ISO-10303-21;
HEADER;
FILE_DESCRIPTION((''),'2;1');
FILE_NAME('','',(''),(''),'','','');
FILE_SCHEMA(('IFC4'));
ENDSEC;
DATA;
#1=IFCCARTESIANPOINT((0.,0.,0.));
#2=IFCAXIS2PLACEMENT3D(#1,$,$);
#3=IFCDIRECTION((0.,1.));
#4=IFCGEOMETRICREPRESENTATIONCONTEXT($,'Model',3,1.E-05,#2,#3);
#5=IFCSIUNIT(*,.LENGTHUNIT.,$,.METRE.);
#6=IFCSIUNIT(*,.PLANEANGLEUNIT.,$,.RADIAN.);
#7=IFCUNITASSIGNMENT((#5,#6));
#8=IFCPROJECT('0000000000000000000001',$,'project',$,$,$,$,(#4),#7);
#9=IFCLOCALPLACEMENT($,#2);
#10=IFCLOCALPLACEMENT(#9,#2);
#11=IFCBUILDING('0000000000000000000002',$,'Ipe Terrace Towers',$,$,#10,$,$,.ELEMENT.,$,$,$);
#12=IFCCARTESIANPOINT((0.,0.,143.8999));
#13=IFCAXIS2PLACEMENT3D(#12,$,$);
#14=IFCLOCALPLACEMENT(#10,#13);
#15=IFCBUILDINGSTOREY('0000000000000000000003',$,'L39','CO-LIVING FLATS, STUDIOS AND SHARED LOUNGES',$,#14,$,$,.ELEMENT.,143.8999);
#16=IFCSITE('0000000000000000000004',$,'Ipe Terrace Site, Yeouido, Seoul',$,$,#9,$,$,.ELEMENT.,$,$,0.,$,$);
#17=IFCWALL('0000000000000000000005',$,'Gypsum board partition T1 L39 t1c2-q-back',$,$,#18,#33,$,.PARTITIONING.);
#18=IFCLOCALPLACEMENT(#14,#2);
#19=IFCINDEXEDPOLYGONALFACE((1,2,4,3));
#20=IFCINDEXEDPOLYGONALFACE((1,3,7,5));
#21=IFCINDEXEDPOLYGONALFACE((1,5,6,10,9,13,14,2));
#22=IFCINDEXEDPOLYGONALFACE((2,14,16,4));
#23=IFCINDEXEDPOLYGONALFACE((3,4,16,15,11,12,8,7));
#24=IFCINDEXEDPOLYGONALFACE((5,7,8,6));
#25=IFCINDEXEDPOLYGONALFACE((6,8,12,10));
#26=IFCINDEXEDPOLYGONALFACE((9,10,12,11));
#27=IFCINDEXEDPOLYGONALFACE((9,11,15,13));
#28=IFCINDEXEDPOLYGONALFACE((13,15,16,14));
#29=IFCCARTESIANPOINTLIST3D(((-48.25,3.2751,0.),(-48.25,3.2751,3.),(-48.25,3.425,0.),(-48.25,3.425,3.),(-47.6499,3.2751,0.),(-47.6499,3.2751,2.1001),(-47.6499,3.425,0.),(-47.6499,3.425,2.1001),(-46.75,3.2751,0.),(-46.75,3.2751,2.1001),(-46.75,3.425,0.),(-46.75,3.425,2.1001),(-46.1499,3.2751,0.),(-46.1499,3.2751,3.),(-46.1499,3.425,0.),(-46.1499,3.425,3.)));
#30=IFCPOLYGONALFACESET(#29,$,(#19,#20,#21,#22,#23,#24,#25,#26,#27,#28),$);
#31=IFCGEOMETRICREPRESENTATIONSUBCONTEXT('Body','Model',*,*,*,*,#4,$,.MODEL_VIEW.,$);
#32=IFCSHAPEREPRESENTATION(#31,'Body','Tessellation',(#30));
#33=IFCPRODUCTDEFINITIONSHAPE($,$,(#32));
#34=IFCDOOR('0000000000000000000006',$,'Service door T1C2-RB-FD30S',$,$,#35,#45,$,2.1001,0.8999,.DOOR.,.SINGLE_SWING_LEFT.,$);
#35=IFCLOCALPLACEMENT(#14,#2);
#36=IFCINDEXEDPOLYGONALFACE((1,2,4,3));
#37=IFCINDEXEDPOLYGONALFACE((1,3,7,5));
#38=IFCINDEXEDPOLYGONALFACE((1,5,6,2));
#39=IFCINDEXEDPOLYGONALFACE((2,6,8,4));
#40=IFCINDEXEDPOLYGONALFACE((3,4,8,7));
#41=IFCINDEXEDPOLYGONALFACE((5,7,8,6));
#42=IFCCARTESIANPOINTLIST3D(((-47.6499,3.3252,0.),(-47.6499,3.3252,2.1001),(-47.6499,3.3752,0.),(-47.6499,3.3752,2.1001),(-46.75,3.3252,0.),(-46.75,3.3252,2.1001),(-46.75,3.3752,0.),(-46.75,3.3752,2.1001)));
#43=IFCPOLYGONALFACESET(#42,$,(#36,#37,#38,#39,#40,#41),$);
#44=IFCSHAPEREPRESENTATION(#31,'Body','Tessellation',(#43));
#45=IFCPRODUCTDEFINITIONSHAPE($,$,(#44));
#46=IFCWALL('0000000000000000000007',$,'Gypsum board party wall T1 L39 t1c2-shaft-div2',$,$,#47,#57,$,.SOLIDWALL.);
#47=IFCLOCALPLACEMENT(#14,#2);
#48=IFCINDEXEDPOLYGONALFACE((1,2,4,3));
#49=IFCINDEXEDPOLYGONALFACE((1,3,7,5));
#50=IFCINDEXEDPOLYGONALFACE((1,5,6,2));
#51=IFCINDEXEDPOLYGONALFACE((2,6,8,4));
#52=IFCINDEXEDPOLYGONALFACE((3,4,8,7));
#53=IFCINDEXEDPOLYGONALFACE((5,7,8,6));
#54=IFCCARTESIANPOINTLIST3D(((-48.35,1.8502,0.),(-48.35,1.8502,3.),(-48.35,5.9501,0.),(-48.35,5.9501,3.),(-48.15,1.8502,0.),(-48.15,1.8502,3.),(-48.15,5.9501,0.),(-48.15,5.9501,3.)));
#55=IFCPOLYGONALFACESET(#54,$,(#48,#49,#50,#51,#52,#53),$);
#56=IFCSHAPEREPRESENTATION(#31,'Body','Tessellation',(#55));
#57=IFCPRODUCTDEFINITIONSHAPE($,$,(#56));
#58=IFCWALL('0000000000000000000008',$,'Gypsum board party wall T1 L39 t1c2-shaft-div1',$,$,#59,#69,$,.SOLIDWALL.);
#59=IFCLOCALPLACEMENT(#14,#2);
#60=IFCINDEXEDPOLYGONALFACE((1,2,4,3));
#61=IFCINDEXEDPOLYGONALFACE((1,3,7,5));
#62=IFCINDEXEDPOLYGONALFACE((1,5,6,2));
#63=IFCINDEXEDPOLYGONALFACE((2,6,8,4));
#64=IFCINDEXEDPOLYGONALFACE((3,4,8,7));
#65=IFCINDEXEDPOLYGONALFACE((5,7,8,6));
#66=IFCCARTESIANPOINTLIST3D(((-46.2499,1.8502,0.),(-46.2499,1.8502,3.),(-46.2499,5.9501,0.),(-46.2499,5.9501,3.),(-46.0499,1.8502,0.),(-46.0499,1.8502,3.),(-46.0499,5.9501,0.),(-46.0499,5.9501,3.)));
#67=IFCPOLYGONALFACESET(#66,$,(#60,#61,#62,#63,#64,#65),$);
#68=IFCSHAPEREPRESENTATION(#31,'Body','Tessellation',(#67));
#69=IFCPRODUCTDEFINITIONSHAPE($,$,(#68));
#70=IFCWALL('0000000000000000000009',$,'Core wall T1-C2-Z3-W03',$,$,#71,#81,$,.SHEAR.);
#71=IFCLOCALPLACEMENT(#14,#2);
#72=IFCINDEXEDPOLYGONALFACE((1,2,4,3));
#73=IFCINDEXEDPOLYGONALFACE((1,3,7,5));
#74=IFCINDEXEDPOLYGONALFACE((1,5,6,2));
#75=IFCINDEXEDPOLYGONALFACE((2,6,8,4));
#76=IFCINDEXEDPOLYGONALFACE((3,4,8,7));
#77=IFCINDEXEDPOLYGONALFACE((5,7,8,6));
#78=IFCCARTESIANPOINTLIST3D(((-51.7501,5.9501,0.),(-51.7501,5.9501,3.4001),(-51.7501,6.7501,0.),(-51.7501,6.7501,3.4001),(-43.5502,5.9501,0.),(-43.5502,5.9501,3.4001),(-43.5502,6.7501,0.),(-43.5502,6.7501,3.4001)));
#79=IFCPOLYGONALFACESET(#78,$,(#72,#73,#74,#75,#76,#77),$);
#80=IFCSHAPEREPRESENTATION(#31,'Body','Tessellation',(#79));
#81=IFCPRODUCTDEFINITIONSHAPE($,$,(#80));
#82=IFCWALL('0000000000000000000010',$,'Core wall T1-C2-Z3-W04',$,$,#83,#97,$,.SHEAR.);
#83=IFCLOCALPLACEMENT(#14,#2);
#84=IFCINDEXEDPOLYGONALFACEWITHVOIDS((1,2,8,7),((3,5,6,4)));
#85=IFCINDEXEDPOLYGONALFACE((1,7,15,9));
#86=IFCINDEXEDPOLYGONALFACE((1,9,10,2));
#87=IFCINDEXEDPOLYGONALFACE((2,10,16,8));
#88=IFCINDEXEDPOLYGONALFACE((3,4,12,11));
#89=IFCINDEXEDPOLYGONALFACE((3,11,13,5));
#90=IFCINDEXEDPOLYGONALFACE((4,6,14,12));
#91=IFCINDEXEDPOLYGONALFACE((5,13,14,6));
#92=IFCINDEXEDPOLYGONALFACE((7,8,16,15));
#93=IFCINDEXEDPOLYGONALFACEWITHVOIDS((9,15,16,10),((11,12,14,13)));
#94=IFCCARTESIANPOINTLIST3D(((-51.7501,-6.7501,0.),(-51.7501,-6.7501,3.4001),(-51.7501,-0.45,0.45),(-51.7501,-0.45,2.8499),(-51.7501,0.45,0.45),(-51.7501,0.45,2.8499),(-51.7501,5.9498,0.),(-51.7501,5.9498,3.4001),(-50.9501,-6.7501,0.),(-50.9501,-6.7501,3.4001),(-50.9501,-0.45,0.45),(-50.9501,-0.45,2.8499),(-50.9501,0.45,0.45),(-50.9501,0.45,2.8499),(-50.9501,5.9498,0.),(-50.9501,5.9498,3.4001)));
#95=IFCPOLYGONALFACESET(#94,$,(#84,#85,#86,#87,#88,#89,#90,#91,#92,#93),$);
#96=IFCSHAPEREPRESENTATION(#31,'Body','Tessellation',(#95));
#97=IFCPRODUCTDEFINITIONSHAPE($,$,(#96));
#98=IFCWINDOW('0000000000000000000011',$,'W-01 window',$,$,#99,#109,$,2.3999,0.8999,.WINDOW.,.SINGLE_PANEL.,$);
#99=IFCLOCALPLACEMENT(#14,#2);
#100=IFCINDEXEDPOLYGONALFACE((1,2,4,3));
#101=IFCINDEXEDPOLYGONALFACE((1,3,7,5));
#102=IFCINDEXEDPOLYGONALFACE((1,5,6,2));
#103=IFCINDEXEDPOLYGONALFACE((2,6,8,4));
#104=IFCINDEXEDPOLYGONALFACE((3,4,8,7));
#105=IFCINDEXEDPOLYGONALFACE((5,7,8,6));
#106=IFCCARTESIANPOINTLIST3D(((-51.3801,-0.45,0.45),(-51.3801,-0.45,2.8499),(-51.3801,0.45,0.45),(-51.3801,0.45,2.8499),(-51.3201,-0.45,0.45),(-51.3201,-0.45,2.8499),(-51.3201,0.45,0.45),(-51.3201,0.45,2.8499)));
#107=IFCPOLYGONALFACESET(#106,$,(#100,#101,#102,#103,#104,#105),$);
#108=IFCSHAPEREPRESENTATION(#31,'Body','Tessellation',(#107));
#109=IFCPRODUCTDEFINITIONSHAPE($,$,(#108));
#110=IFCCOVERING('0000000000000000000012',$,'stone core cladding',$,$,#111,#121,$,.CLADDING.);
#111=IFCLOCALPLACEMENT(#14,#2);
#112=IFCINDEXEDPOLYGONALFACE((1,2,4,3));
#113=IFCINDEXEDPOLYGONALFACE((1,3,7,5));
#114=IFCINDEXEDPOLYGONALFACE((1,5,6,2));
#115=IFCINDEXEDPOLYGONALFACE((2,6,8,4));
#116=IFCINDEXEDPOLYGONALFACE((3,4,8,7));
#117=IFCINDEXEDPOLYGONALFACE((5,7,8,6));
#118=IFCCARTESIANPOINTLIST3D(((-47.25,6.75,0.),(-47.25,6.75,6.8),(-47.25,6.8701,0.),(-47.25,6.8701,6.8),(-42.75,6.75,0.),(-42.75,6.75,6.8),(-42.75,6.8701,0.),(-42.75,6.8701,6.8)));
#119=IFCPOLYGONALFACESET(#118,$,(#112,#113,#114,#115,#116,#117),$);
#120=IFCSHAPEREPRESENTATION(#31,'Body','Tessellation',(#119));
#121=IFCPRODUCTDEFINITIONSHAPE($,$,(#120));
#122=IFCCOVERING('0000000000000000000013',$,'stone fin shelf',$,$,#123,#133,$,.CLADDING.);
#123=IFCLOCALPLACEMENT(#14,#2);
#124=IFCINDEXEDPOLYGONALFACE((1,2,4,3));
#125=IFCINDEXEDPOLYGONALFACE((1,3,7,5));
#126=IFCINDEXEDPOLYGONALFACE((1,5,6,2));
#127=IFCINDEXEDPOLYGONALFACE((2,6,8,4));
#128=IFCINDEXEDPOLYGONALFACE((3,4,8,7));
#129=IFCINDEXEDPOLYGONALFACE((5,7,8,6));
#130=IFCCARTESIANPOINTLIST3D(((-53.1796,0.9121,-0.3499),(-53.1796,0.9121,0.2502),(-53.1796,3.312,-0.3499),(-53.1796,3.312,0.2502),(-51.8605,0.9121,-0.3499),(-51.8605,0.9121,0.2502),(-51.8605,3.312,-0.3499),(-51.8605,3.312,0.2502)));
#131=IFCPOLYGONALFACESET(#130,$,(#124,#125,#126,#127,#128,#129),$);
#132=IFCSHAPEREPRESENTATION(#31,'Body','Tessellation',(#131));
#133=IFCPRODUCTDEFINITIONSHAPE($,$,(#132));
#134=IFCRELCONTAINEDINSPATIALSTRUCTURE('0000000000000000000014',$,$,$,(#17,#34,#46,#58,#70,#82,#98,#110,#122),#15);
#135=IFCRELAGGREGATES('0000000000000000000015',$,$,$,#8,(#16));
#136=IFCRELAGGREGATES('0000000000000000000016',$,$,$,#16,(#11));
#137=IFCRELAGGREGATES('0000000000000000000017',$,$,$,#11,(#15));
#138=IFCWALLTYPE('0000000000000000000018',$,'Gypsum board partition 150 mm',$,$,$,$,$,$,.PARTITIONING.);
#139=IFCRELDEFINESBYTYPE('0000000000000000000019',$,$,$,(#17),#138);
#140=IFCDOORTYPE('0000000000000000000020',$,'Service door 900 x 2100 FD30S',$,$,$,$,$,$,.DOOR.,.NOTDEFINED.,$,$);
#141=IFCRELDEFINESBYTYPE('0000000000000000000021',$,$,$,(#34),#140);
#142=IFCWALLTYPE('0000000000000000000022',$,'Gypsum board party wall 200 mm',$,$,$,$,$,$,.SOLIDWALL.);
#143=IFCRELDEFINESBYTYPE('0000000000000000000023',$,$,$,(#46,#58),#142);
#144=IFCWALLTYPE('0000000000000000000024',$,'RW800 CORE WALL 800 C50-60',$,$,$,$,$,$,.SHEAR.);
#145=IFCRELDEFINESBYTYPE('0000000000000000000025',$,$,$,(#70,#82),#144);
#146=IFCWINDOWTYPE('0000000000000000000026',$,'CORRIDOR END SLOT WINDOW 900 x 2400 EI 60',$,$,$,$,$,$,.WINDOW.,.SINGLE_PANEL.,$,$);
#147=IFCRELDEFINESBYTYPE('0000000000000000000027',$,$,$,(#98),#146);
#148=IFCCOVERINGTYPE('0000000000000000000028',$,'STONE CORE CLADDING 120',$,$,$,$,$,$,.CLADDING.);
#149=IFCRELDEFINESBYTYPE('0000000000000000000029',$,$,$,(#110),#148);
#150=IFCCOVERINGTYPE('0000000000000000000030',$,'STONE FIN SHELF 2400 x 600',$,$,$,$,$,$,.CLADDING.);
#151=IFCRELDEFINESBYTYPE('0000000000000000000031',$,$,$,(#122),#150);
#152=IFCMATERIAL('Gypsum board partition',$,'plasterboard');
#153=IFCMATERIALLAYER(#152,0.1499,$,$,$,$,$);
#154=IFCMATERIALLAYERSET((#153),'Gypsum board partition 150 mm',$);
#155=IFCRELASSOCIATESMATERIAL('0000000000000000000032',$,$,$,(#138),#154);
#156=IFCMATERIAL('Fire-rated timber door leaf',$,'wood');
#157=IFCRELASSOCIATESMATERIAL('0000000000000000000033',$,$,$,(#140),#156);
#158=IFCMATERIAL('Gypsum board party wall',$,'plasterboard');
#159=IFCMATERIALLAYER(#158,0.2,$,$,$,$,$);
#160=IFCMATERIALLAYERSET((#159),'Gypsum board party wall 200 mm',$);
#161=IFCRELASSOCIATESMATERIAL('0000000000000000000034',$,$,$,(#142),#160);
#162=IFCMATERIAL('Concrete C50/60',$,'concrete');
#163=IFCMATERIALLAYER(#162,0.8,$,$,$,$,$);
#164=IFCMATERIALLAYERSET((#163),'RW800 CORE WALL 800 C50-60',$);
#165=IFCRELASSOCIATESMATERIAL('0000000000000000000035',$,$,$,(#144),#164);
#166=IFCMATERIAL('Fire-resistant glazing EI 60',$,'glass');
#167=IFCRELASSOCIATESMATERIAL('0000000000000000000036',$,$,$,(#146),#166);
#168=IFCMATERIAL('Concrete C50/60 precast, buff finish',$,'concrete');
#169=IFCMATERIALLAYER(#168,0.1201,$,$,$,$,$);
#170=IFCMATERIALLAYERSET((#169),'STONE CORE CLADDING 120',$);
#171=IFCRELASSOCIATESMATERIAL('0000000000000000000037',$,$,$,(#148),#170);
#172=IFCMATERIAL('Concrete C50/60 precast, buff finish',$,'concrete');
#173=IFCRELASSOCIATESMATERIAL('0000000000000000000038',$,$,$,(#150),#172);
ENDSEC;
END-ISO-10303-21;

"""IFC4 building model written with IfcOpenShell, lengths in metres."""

from ifc_helpers import new_model, si_unit, direction, frame, frame_2d, origin, origin_2d, place, context, subcontext, project, spatial, rectangle, extrude, material, layer, layer_set, type_object, element, fill, save


model = new_model("IFC4")

# Units and contexts
model_context = context("Model", 3, precision=1e-05, world=origin(), true_north=direction((0.0, 1.0)))
body_context = subcontext(model_context, "Body", "Model", "MODEL_VIEW")
ifc_project = project(units=[si_unit("LENGTHUNIT", "METRE"), si_unit("PLANEANGLEUNIT", "RADIAN")], contexts=[model_context])

# Site, building, storey
site_placement = place(None, origin())
site = spatial("IfcSite", under=ifc_project, at=site_placement, Name="Ipe Terrace Site, Yeouido, Seoul", CompositionType="ELEMENT", RefElevation=0.0)
building_placement = place(site_placement, origin())
building = spatial("IfcBuilding", under=site, at=building_placement, Name="Ipe Terrace Towers", CompositionType="ELEMENT")
storey_placement = place(building_placement, frame((0.0, 0.0, 143.8999)))
storey = spatial("IfcBuildingStorey", under=building, at=storey_placement, Name="L39", Description="CO-LIVING FLATS, STUDIOS AND SHARED LOUNGES", CompositionType="ELEMENT", Elevation=143.8999)

# Wall, opening, door
ifc_material_1 = material(Name="Gypsum board partition", Category="plasterboard")
ifc_layer_1 = layer(ifc_material_1, 0.1499)
ifc_layer_set_1 = layer_set([ifc_layer_1], Name="Gypsum board partition 150 mm")
wall_type_1 = type_object("IfcWallType", Name="Gypsum board partition 150 mm", PredefinedType="PARTITIONING", material=ifc_layer_set_1)
wall_1_placement = place(storey_placement, frame((-46.1499, 3.3501, 0.0), z_axis=(0.0, 0.0, 1.0), x_axis=(-1.0, 0.0, 0.0)))
wall_1 = element("IfcWall", 1, at=wall_1_placement, inside=storey, type_object=wall_type_1, Name="Gypsum board partition T1 L39 t1c2-q-back", PredefinedType="PARTITIONING", context=body_context, shape_type="SweptSolid", body=[
    extrude(rectangle(XDim=2.1001, YDim=0.1499, at=frame_2d((1.05, 0.0))), origin(), (0.0, 0.0, 1.0), 3.0),
])
opening_1_placement = place(wall_1_placement, frame((0.6001, 0.0, 0.0)))
opening_1 = element("IfcOpeningElement", 2, at=opening_1_placement, cuts=wall_1, PredefinedType="OPENING", context=body_context, shape_type="SweptSolid", body=[
    extrude(rectangle(XDim=0.8999, YDim=2.1001, at=frame_2d((0.45, 1.05))), frame((0.0, 0.085, 0.0), z_axis=(0.0, -1.0, 0.0), x_axis=(1.0, 0.0, 0.0)), (0.0, 0.0, 1.0), 0.1699),
])
ifc_material_2 = material(Name="Fire-rated timber door leaf", Category="wood")
door_type_1 = type_object("IfcDoorType", Name="Service door 900 x 2100 FD30S", OperationType="NOTDEFINED", PredefinedType="DOOR", material=ifc_material_2)
door_1_placement = place(opening_1_placement, origin())
door_1 = element("IfcDoor", 3, at=door_1_placement, inside=storey, type_object=door_type_1, Name="Service door T1C2-RB-FD30S", OperationType="SINGLE_SWING_LEFT", OverallHeight=2.1001, OverallWidth=0.8999, PredefinedType="DOOR", context=body_context, shape_type="SweptSolid", body=[
    extrude(rectangle(XDim=0.8999, YDim=2.1001, at=frame_2d((0.45, 1.05))), frame((0.0, 0.0249, 0.0), z_axis=(0.0, -1.0, 0.0), x_axis=(1.0, 0.0, 0.0)), (0.0, 0.0, 1.0), 0.05),
])
fill(opening_1, door_1)

# Walls
ifc_material_3 = material(Name="Gypsum board party wall", Category="plasterboard")
ifc_layer_2 = layer(ifc_material_3, 0.2)
ifc_layer_set_2 = layer_set([ifc_layer_2], Name="Gypsum board party wall 200 mm")
wall_type_2 = type_object("IfcWallType", Name="Gypsum board party wall 200 mm", PredefinedType="SOLIDWALL", material=ifc_layer_set_2)
for number, where, z_axis, x_axis, name in (
    (4, (-48.25, 5.95, 0.0), (0.0, 0.0, 1.0), (0.0, -1.0, 0.0), "Gypsum board party wall T1 L39 t1c2-shaft-div2"),
    (5, (-46.1499, 5.95, 0.0), (0.0, 0.0, 1.0), (0.0, -1.0, 0.0), "Gypsum board party wall T1 L39 t1c2-shaft-div1"),
):
    element("IfcWall", number, at=place(storey_placement, frame(where, z_axis=z_axis, x_axis=x_axis)), inside=storey, type_object=wall_type_2, Name=name, PredefinedType="SOLIDWALL", context=body_context, shape_type="SweptSolid", body=[
        extrude(rectangle(XDim=4.0999, YDim=0.2, at=frame_2d((2.0498, 0.0))), origin(), (0.0, 0.0, 1.0), 3.0),
    ])
ifc_material_4 = material(Name="Concrete C50/60", Category="concrete")
ifc_layer_3 = layer(ifc_material_4, 0.8)
ifc_layer_set_3 = layer_set([ifc_layer_3], Name="RW800 CORE WALL 800 C50-60")
wall_type_3 = type_object("IfcWallType", Name="RW800 CORE WALL 800 C50-60", PredefinedType="SHEAR", material=ifc_layer_set_3)
wall_2_placement = place(storey_placement, frame((-43.55, 6.3501, 0.0), z_axis=(0.0, 0.0, 1.0), x_axis=(-1.0, 0.0, 0.0)))
element("IfcWall", 6, at=wall_2_placement, inside=storey, type_object=wall_type_3, Name="Core wall T1-C2-Z3-W03", PredefinedType="SHEAR", context=body_context, shape_type="SweptSolid", body=[
    extrude(rectangle(XDim=8.2, YDim=0.8, at=frame_2d((4.1001, 0.0))), origin(), (0.0, 0.0, 1.0), 3.4001),
])

# Wall, opening, window
wall_3_placement = place(storey_placement, frame((-51.3501, 5.95, 0.0), z_axis=(0.0, 0.0, 1.0), x_axis=(0.0, -1.0, 0.0)))
wall_3 = element("IfcWall", 7, at=wall_3_placement, inside=storey, type_object=wall_type_3, Name="Core wall T1-C2-Z3-W04", PredefinedType="SHEAR", context=body_context, shape_type="SweptSolid", body=[
    extrude(rectangle(XDim=12.7, YDim=0.8, at=frame_2d((6.3501, 0.0))), origin(), (0.0, 0.0, 1.0), 3.4001),
])
opening_2_placement = place(wall_3_placement, frame((5.5, 0.0, 0.45)))
opening_2 = element("IfcOpeningElement", 8, at=opening_2_placement, cuts=wall_3, PredefinedType="OPENING", context=body_context, shape_type="SweptSolid", body=[
    extrude(rectangle(XDim=0.8999, YDim=2.3999, at=frame_2d((0.45, 1.2))), frame((0.0, 0.4102, 0.0), z_axis=(0.0, -1.0, 0.0), x_axis=(1.0, 0.0, 0.0)), (0.0, 0.0, 1.0), 0.8201),
])
ifc_material_5 = material(Name="Fire-resistant glazing EI 60", Category="glass")
window_type = type_object("IfcWindowType", Name="CORRIDOR END SLOT WINDOW 900 x 2400 EI 60", PartitioningType="SINGLE_PANEL", PredefinedType="WINDOW", material=ifc_material_5)
window_placement = place(opening_2_placement, origin())
window = element("IfcWindow", 9, at=window_placement, inside=storey, type_object=window_type, Name="W-01 window", OverallHeight=2.3999, OverallWidth=0.8999, PartitioningType="SINGLE_PANEL", PredefinedType="WINDOW", context=body_context, shape_type="SweptSolid", body=[
    extrude(rectangle(XDim=0.8999, YDim=2.3999, at=frame_2d((0.45, 1.2))), frame((0.0, 0.03, 0.0), z_axis=(0.0, -1.0, 0.0), x_axis=(1.0, 0.0, 0.0)), (0.0, 0.0, 1.0), 0.0601),
])
fill(opening_2, window)

# Coverings
ifc_material_6 = material(Name="Concrete C50/60 precast, buff finish", Category="concrete")
ifc_layer_4 = layer(ifc_material_6, 0.1201)
ifc_layer_set_4 = layer_set([ifc_layer_4], Name="STONE CORE CLADDING 120")
covering_type_1 = type_object("IfcCoveringType", Name="STONE CORE CLADDING 120", PredefinedType="CLADDING", material=ifc_layer_set_4)
covering_1_placement = place(storey_placement, frame((-45.0, 6.8101, 0.0), z_axis=(0.0, 0.0, 1.0), x_axis=(-1.0, 0.0, 0.0)))
element("IfcCovering", 10, at=covering_1_placement, inside=storey, type_object=covering_type_1, Name="stone core cladding", PredefinedType="CLADDING", context=body_context, shape_type="SweptSolid", body=[
    extrude(rectangle(XDim=4.5, YDim=0.1201, at=origin_2d()), origin(), (0.0, 0.0, 1.0), 6.8),
])
ifc_material_7 = material(Name="Concrete C50/60 precast, buff finish", Category="concrete")
covering_type_2 = type_object("IfcCoveringType", Name="STONE FIN SHELF 2400 x 600", PredefinedType="CLADDING", material=ifc_material_7)
covering_2_placement = place(storey_placement, frame((-52.52, 2.1121, -0.3499), z_axis=(0.0, 0.0, 1.0), x_axis=(0.0, -1.0, 0.0)))
element("IfcCovering", 11, at=covering_2_placement, inside=storey, type_object=covering_type_2, Name="stone fin shelf", PredefinedType="CLADDING", context=body_context, shape_type="SweptSolid", body=[
    extrude(rectangle(XDim=2.3999, YDim=1.3191, at=origin_2d()), origin(), (0.0, 0.0, 1.0), 0.6001),
])

save(model, "model.ifc")
